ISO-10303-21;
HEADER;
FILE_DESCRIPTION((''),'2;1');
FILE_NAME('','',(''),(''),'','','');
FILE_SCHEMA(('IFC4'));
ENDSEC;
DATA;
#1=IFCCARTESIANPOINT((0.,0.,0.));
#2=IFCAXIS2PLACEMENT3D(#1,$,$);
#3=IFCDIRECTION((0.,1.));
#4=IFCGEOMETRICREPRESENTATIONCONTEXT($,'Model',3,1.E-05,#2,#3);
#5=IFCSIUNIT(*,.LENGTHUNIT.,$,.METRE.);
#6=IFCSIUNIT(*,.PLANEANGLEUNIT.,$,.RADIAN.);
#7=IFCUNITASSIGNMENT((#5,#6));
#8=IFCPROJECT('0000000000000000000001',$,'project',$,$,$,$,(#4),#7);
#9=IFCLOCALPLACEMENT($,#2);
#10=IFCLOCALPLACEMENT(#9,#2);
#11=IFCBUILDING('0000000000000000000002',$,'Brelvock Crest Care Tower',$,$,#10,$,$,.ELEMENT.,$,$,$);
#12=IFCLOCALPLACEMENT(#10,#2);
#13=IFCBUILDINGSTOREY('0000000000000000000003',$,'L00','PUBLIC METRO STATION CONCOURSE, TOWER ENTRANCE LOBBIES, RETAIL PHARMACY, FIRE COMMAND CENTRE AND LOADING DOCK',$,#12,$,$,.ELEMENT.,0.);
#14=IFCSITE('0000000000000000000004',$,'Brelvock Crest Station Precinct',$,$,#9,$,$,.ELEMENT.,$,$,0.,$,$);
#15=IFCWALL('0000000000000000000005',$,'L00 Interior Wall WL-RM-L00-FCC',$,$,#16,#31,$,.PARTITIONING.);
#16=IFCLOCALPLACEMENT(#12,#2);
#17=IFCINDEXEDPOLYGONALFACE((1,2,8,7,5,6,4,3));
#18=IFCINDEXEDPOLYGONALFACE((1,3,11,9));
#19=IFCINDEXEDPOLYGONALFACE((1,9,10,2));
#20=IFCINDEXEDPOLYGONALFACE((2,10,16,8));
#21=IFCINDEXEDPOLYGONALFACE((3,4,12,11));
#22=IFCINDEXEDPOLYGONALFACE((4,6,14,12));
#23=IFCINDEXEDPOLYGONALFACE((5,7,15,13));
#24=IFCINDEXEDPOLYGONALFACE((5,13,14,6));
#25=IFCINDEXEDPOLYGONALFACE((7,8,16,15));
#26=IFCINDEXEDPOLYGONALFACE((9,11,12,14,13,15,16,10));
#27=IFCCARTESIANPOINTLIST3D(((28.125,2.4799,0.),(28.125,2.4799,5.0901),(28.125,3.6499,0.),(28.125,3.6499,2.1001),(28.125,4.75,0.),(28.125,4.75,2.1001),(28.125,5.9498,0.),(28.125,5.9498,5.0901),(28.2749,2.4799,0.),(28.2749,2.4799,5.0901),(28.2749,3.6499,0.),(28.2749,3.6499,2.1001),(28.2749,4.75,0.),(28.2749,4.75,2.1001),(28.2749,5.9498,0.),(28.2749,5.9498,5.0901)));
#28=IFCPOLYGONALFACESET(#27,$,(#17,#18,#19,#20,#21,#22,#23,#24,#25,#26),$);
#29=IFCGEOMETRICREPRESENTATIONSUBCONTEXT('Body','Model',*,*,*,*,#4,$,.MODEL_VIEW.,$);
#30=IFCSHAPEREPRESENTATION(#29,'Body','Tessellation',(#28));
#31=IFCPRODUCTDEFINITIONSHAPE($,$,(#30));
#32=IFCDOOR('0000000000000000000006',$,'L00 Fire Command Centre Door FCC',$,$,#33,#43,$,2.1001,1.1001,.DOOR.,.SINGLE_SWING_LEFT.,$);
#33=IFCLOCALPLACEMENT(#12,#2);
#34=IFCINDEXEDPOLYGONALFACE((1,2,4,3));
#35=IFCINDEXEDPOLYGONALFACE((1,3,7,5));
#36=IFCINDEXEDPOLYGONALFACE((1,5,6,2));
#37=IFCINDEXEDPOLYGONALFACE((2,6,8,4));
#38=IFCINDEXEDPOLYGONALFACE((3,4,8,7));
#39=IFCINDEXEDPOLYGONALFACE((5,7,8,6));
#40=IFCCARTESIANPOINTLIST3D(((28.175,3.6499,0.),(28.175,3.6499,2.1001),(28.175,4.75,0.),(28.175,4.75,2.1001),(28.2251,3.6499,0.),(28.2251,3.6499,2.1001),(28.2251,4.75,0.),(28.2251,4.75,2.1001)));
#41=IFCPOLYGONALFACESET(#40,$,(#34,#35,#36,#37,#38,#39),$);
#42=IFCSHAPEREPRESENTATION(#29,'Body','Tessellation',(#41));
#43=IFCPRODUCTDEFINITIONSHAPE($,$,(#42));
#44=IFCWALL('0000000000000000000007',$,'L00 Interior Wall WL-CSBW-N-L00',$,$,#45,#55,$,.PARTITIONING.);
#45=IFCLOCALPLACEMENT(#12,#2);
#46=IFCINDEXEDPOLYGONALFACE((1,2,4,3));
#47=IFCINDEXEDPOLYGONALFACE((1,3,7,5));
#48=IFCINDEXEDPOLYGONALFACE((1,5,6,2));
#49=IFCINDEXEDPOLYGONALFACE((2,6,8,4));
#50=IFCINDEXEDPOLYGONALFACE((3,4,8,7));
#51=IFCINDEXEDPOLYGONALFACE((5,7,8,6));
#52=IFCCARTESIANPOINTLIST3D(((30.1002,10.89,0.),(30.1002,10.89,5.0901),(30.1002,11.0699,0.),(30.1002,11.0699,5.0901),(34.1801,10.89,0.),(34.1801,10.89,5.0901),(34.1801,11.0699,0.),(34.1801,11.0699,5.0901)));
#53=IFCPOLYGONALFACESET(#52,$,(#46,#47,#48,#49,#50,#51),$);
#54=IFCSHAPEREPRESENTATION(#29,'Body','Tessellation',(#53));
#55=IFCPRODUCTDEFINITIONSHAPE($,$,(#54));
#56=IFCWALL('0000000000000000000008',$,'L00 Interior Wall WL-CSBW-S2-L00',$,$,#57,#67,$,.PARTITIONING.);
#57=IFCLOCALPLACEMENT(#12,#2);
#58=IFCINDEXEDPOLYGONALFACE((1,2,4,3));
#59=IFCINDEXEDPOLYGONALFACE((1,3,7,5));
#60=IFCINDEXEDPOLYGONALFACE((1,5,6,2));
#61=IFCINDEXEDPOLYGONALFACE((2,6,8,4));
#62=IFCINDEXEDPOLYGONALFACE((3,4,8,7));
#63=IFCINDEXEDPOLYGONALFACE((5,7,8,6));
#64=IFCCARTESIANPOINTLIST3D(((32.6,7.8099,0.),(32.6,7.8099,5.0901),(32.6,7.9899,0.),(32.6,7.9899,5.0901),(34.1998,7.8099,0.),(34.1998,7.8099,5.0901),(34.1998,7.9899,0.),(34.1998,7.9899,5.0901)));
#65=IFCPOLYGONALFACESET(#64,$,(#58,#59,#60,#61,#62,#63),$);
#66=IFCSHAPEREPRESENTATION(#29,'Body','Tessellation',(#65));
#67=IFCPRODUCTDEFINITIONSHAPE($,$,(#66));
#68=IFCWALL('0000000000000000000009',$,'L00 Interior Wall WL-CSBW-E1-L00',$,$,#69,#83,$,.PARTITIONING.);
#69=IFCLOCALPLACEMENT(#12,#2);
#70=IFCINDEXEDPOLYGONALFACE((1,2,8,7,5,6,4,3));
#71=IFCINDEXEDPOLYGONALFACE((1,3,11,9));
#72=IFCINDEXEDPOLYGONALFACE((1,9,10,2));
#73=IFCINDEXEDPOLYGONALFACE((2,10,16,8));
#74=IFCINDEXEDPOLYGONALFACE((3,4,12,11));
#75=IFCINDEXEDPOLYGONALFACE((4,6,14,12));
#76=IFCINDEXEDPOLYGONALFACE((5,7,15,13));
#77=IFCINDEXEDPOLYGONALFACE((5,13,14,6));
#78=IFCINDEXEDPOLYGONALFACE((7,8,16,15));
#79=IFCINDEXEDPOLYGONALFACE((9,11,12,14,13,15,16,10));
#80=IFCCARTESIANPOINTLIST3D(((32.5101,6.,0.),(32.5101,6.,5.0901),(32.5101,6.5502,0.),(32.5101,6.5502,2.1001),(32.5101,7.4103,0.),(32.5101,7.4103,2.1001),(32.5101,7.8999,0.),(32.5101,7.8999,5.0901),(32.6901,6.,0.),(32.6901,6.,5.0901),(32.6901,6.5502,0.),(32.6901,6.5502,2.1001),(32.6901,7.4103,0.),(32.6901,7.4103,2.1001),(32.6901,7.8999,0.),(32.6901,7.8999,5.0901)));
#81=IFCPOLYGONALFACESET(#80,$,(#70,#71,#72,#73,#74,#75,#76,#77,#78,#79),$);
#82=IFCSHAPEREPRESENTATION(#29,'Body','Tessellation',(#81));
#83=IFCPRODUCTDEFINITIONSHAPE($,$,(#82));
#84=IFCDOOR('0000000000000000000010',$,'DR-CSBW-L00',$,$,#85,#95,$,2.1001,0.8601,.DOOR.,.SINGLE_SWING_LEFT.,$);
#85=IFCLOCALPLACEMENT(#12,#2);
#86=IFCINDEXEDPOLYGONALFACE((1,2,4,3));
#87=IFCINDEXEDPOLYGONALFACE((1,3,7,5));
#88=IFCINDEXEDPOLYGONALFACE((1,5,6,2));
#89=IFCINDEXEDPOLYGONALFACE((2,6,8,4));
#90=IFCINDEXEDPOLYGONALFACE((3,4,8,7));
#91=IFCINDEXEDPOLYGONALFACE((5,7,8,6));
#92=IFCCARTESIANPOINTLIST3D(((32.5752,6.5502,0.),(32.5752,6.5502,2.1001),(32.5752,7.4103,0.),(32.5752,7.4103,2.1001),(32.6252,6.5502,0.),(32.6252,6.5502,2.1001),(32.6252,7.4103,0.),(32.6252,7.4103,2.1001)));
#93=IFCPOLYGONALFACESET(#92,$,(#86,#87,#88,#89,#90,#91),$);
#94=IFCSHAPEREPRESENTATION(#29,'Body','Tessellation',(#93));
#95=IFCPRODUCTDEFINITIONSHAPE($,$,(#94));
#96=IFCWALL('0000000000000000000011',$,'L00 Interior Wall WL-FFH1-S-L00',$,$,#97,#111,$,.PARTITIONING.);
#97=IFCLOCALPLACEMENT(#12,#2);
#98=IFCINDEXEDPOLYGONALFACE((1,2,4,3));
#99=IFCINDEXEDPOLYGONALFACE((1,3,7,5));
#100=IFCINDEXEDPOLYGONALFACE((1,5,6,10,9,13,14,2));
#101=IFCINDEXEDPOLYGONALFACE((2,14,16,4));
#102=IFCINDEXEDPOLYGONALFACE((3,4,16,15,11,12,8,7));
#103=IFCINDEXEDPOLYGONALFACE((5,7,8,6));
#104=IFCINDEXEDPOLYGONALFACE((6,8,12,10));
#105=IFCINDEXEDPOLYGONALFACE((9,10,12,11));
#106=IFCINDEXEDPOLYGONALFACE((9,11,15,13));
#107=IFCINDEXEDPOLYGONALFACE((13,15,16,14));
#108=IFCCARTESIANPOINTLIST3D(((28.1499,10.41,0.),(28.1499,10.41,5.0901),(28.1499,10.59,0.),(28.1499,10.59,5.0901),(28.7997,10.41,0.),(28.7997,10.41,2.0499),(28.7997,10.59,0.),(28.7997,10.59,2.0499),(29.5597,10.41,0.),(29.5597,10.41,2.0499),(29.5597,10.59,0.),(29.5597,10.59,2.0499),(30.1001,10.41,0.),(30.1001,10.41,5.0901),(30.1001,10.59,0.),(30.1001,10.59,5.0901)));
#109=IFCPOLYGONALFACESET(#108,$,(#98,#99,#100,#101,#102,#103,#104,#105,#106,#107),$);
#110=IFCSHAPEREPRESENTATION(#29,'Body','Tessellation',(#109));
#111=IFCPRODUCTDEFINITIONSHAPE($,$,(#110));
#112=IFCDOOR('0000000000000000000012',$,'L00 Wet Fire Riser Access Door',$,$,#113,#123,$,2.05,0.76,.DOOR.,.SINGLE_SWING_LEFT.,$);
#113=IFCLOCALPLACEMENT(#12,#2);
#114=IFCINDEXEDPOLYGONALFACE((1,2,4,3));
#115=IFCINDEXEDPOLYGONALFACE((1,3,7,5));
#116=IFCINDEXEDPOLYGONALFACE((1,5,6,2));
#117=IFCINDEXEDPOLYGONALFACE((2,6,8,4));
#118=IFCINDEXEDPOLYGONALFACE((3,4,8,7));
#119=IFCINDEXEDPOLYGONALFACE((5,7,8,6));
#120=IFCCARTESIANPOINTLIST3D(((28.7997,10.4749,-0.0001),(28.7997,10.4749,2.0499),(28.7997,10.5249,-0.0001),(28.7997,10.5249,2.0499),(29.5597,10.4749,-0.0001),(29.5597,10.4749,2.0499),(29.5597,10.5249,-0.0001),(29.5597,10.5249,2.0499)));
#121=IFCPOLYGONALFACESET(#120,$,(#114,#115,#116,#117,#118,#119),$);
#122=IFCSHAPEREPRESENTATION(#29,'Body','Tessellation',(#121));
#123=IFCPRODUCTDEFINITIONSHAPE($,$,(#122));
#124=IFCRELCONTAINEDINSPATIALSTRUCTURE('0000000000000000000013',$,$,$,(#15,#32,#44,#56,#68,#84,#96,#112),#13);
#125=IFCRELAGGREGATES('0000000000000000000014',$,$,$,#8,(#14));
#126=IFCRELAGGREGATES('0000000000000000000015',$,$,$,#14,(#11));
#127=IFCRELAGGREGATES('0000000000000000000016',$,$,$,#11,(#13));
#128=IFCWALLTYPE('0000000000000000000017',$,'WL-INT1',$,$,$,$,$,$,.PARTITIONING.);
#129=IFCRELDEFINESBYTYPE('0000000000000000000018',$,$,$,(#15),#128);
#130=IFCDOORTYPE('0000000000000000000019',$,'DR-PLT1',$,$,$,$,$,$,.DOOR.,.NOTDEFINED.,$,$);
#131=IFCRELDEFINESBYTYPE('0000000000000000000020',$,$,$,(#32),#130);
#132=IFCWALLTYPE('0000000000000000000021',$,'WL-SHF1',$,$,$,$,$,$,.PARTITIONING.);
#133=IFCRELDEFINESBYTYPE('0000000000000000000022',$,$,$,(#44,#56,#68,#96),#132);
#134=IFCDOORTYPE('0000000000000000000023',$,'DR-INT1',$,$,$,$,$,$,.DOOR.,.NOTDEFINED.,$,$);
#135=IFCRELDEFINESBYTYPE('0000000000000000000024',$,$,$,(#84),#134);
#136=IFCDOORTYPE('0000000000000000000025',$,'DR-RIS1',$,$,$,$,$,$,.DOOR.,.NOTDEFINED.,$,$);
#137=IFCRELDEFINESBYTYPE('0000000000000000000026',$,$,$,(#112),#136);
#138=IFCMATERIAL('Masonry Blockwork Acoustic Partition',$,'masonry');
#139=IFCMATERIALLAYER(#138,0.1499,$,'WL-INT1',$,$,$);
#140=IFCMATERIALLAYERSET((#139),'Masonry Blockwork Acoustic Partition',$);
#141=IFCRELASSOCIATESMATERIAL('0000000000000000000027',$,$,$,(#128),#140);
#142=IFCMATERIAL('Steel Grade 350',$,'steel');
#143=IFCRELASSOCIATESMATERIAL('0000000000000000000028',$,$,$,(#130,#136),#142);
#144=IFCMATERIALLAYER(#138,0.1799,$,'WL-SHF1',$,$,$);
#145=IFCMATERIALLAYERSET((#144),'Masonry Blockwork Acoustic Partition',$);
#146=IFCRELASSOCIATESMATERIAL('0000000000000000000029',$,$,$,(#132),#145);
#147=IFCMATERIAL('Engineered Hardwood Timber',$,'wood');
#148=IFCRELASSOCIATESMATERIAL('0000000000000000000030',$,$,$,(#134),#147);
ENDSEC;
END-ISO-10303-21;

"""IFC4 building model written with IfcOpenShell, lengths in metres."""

from ifc_helpers import new_model, si_unit, direction, frame, frame_2d, origin, origin_2d, place, context, subcontext, project, spatial, rectangle, extrude, source, transform, mapped, material, layer, layer_set, type_object, element, fill, save


model = new_model("IFC4")

# Units and contexts
model_context = context("Model", 3, precision=1e-05, world=origin(), true_north=direction((0.0, 1.0)))
body_context = subcontext(model_context, "Body", "Model", "MODEL_VIEW")
ifc_project = project(units=[si_unit("LENGTHUNIT", "METRE"), si_unit("PLANEANGLEUNIT", "RADIAN")], contexts=[model_context])

# Site, building, storey
site_placement = place(None, origin())
site = spatial("IfcSite", under=ifc_project, at=site_placement, Name="Brelvock Crest Station Precinct", CompositionType="ELEMENT", RefElevation=0.0)
building_placement = place(site_placement, origin())
building = spatial("IfcBuilding", under=site, at=building_placement, Name="Brelvock Crest Care Tower", CompositionType="ELEMENT")
storey_placement = place(building_placement, origin())
storey = spatial("IfcBuildingStorey", under=building, at=storey_placement, Name="L00", Description="PUBLIC METRO STATION CONCOURSE, TOWER ENTRANCE LOBBIES, RETAIL PHARMACY, FIRE COMMAND CENTRE AND LOADING DOCK", CompositionType="ELEMENT", Elevation=0.0)

# Shared definitions
ifc_material_1 = material(Name="Steel Grade 350", Category="steel")

# Wall, opening, door
ifc_material_2 = material(Name="Masonry Blockwork Acoustic Partition", Category="masonry")
ifc_layer_1 = layer(ifc_material_2, 0.1499, Name="WL-INT1")
ifc_layer_set_1 = layer_set([ifc_layer_1], Name="Masonry Blockwork Acoustic Partition")
wall_type_1 = type_object("IfcWallType", Name="WL-INT1", PredefinedType="PARTITIONING", material=ifc_layer_set_1)
wall_1_placement = place(storey_placement, frame((28.2, 2.48, 0.0), z_axis=(0.0, 0.0, 1.0), x_axis=(0.0, 1.0, 0.0)))
wall_1 = element("IfcWall", 1, at=wall_1_placement, inside=storey, type_object=wall_type_1, Name="L00 Interior Wall WL-RM-L00-FCC", PredefinedType="PARTITIONING", context=body_context, shape_type="SweptSolid", body=[
    extrude(rectangle(XDim=3.47, YDim=0.1499, at=frame_2d((1.7349, 0.0))), origin(), (0.0, 0.0, 1.0), 5.0901),
])
opening_1_placement = place(wall_1_placement, frame((1.1699, 0.0, 0.0)))
opening_1 = element("IfcOpeningElement", 2, at=opening_1_placement, cuts=wall_1, PredefinedType="OPENING", context=body_context, shape_type="SweptSolid", body=[
    extrude(rectangle(XDim=1.1001, YDim=2.1001, at=origin_2d()), frame((0.55, 0.085, 1.05), z_axis=(0.0, -1.0, 0.0), x_axis=(1.0, 0.0, 0.0)), (0.0, 0.0, 1.0), 0.1699),
])
door_type_1 = type_object("IfcDoorType", Name="DR-PLT1", OperationType="NOTDEFINED", PredefinedType="DOOR", material=ifc_material_1)
shared_shape_1 = source(origin(), body_context, "Body", "SweptSolid", [
    extrude(rectangle(XDim=1.1001, YDim=2.1001, at=origin_2d()), frame((0.55, 0.0249, 1.05), z_axis=(0.0, -1.0, 0.0), x_axis=(1.0, 0.0, 0.0)), (0.0, 0.0, 1.0), 0.05),
])
door_1_placement = place(opening_1_placement, origin())
door_1 = element("IfcDoor", 3, at=door_1_placement, inside=storey, type_object=door_type_1, Name="L00 Fire Command Centre Door FCC", OperationType="SINGLE_SWING_LEFT", OverallHeight=2.1001, OverallWidth=1.1001, PredefinedType="DOOR", context=body_context, shape_type="MappedRepresentation", body=[
    mapped(shared_shape_1, transform((0.0, 0.0, 0.0), x_axis=(1.0, 0.0, 0.0), y_axis=(0.0, 1.0, 0.0), z_axis=(0.0, 0.0, 1.0), scale=1.0)),
])
fill(opening_1, door_1)

# Walls
ifc_layer_2 = layer(ifc_material_2, 0.1799, Name="WL-SHF1")
ifc_layer_set_2 = layer_set([ifc_layer_2], Name="Masonry Blockwork Acoustic Partition")
wall_type_2 = type_object("IfcWallType", Name="WL-SHF1", PredefinedType="PARTITIONING", material=ifc_layer_set_2)
wall_2_placement = place(storey_placement, frame((30.1001, 10.98, 0.0), z_axis=(0.0, 0.0, 1.0), x_axis=(1.0, 0.0, 0.0)))
element("IfcWall", 4, at=wall_2_placement, inside=storey, type_object=wall_type_2, Name="L00 Interior Wall WL-CSBW-N-L00", PredefinedType="PARTITIONING", context=body_context, shape_type="SweptSolid", body=[
    extrude(rectangle(XDim=4.0798, YDim=0.1799, at=frame_2d((2.04, 0.0))), origin(), (0.0, 0.0, 1.0), 5.0901),
])
wall_3_placement = place(storey_placement, frame((32.6001, 7.8999, 0.0), z_axis=(0.0, 0.0, 1.0), x_axis=(1.0, 0.0, 0.0)))
element("IfcWall", 5, at=wall_3_placement, inside=storey, type_object=wall_type_2, Name="L00 Interior Wall WL-CSBW-S2-L00", PredefinedType="PARTITIONING", context=body_context, shape_type="SweptSolid", body=[
    extrude(rectangle(XDim=1.5999, YDim=0.1799, at=frame_2d((0.7998, 0.0))), origin(), (0.0, 0.0, 1.0), 5.0901),
])

# Walls, openings, doors
wall_4_placement = place(storey_placement, frame((32.6001, 6.0, 0.0), z_axis=(0.0, 0.0, 1.0), x_axis=(0.0, 1.0, 0.0)))
wall_4 = element("IfcWall", 6, at=wall_4_placement, inside=storey, type_object=wall_type_2, Name="L00 Interior Wall WL-CSBW-E1-L00", PredefinedType="PARTITIONING", context=body_context, shape_type="SweptSolid", body=[
    extrude(rectangle(XDim=1.8999, YDim=0.1799, at=frame_2d((0.95, 0.0))), origin(), (0.0, 0.0, 1.0), 5.0901),
])
opening_2_placement = place(wall_4_placement, frame((0.55, 0.0, 0.0)))
opening_2 = element("IfcOpeningElement", 7, at=opening_2_placement, cuts=wall_4, PredefinedType="OPENING", context=body_context, shape_type="SweptSolid", body=[
    extrude(rectangle(XDim=0.8601, YDim=2.1001, at=origin_2d()), frame((0.4302, 0.1001, 1.05), z_axis=(0.0, -1.0, 0.0), x_axis=(1.0, 0.0, 0.0)), (0.0, 0.0, 1.0), 0.2),
])
ifc_material_3 = material(Name="Engineered Hardwood Timber", Category="wood")
door_type_2 = type_object("IfcDoorType", Name="DR-INT1", OperationType="NOTDEFINED", PredefinedType="DOOR", material=ifc_material_3)
shared_shape_2 = source(origin(), body_context, "Body", "SweptSolid", [
    extrude(rectangle(XDim=0.8601, YDim=2.1001, at=origin_2d()), frame((0.4302, 0.0249, 1.05), z_axis=(0.0, -1.0, 0.0), x_axis=(1.0, 0.0, 0.0)), (0.0, 0.0, 1.0), 0.05),
])
door_2_placement = place(opening_2_placement, origin())
door_2 = element("IfcDoor", 8, at=door_2_placement, inside=storey, type_object=door_type_2, Name="DR-CSBW-L00", OperationType="SINGLE_SWING_LEFT", OverallHeight=2.1001, OverallWidth=0.8601, PredefinedType="DOOR", context=body_context, shape_type="MappedRepresentation", body=[
    mapped(shared_shape_2, transform((0.0, 0.0, 0.0), x_axis=(1.0, 0.0, 0.0), y_axis=(0.0, 1.0, 0.0), z_axis=(0.0, 0.0, 1.0), scale=1.0)),
])
fill(opening_2, door_2)
wall_5_placement = place(storey_placement, frame((28.1499, 10.5, 0.0), z_axis=(0.0, 0.0, 1.0), x_axis=(1.0, 0.0, 0.0)))
wall_5 = element("IfcWall", 9, at=wall_5_placement, inside=storey, type_object=wall_type_2, Name="L00 Interior Wall WL-FFH1-S-L00", PredefinedType="PARTITIONING", context=body_context, shape_type="SweptSolid", body=[
    extrude(rectangle(XDim=1.9502, YDim=0.1799, at=frame_2d((0.9751, 0.0))), origin(), (0.0, 0.0, 1.0), 5.0901),
])
opening_3_placement = place(wall_5_placement, frame((0.6499, 0.0, 0.0)))
opening_3 = element("IfcOpeningElement", 10, at=opening_3_placement, cuts=wall_5, PredefinedType="OPENING", context=body_context, shape_type="SweptSolid", body=[
    extrude(rectangle(XDim=0.76, YDim=2.05, at=origin_2d()), frame((0.3799, 0.1001, 1.0249), z_axis=(0.0, -1.0, 0.0), x_axis=(1.0, 0.0, 0.0)), (0.0, 0.0, 1.0), 0.2),
])
door_type_3 = type_object("IfcDoorType", Name="DR-RIS1", OperationType="NOTDEFINED", PredefinedType="DOOR", material=ifc_material_1)
shared_shape_3 = source(origin(), body_context, "Body", "SweptSolid", [
    extrude(rectangle(XDim=0.76, YDim=2.05, at=origin_2d()), frame((0.3799, 0.0249, 1.0249), z_axis=(0.0, -1.0, 0.0), x_axis=(1.0, 0.0, 0.0)), (0.0, 0.0, 1.0), 0.05),
])
door_3_placement = place(opening_3_placement, origin())
door_3 = element("IfcDoor", 11, at=door_3_placement, inside=storey, type_object=door_type_3, Name="L00 Wet Fire Riser Access Door", OperationType="SINGLE_SWING_LEFT", OverallHeight=2.05, OverallWidth=0.76, PredefinedType="DOOR", context=body_context, shape_type="MappedRepresentation", body=[
    mapped(shared_shape_3, transform((0.0, 0.0, 0.0), x_axis=(1.0, 0.0, 0.0), y_axis=(0.0, 1.0, 0.0), z_axis=(0.0, 0.0, 1.0), scale=1.0)),
])
fill(opening_3, door_3)

save(model, "model.ifc")
